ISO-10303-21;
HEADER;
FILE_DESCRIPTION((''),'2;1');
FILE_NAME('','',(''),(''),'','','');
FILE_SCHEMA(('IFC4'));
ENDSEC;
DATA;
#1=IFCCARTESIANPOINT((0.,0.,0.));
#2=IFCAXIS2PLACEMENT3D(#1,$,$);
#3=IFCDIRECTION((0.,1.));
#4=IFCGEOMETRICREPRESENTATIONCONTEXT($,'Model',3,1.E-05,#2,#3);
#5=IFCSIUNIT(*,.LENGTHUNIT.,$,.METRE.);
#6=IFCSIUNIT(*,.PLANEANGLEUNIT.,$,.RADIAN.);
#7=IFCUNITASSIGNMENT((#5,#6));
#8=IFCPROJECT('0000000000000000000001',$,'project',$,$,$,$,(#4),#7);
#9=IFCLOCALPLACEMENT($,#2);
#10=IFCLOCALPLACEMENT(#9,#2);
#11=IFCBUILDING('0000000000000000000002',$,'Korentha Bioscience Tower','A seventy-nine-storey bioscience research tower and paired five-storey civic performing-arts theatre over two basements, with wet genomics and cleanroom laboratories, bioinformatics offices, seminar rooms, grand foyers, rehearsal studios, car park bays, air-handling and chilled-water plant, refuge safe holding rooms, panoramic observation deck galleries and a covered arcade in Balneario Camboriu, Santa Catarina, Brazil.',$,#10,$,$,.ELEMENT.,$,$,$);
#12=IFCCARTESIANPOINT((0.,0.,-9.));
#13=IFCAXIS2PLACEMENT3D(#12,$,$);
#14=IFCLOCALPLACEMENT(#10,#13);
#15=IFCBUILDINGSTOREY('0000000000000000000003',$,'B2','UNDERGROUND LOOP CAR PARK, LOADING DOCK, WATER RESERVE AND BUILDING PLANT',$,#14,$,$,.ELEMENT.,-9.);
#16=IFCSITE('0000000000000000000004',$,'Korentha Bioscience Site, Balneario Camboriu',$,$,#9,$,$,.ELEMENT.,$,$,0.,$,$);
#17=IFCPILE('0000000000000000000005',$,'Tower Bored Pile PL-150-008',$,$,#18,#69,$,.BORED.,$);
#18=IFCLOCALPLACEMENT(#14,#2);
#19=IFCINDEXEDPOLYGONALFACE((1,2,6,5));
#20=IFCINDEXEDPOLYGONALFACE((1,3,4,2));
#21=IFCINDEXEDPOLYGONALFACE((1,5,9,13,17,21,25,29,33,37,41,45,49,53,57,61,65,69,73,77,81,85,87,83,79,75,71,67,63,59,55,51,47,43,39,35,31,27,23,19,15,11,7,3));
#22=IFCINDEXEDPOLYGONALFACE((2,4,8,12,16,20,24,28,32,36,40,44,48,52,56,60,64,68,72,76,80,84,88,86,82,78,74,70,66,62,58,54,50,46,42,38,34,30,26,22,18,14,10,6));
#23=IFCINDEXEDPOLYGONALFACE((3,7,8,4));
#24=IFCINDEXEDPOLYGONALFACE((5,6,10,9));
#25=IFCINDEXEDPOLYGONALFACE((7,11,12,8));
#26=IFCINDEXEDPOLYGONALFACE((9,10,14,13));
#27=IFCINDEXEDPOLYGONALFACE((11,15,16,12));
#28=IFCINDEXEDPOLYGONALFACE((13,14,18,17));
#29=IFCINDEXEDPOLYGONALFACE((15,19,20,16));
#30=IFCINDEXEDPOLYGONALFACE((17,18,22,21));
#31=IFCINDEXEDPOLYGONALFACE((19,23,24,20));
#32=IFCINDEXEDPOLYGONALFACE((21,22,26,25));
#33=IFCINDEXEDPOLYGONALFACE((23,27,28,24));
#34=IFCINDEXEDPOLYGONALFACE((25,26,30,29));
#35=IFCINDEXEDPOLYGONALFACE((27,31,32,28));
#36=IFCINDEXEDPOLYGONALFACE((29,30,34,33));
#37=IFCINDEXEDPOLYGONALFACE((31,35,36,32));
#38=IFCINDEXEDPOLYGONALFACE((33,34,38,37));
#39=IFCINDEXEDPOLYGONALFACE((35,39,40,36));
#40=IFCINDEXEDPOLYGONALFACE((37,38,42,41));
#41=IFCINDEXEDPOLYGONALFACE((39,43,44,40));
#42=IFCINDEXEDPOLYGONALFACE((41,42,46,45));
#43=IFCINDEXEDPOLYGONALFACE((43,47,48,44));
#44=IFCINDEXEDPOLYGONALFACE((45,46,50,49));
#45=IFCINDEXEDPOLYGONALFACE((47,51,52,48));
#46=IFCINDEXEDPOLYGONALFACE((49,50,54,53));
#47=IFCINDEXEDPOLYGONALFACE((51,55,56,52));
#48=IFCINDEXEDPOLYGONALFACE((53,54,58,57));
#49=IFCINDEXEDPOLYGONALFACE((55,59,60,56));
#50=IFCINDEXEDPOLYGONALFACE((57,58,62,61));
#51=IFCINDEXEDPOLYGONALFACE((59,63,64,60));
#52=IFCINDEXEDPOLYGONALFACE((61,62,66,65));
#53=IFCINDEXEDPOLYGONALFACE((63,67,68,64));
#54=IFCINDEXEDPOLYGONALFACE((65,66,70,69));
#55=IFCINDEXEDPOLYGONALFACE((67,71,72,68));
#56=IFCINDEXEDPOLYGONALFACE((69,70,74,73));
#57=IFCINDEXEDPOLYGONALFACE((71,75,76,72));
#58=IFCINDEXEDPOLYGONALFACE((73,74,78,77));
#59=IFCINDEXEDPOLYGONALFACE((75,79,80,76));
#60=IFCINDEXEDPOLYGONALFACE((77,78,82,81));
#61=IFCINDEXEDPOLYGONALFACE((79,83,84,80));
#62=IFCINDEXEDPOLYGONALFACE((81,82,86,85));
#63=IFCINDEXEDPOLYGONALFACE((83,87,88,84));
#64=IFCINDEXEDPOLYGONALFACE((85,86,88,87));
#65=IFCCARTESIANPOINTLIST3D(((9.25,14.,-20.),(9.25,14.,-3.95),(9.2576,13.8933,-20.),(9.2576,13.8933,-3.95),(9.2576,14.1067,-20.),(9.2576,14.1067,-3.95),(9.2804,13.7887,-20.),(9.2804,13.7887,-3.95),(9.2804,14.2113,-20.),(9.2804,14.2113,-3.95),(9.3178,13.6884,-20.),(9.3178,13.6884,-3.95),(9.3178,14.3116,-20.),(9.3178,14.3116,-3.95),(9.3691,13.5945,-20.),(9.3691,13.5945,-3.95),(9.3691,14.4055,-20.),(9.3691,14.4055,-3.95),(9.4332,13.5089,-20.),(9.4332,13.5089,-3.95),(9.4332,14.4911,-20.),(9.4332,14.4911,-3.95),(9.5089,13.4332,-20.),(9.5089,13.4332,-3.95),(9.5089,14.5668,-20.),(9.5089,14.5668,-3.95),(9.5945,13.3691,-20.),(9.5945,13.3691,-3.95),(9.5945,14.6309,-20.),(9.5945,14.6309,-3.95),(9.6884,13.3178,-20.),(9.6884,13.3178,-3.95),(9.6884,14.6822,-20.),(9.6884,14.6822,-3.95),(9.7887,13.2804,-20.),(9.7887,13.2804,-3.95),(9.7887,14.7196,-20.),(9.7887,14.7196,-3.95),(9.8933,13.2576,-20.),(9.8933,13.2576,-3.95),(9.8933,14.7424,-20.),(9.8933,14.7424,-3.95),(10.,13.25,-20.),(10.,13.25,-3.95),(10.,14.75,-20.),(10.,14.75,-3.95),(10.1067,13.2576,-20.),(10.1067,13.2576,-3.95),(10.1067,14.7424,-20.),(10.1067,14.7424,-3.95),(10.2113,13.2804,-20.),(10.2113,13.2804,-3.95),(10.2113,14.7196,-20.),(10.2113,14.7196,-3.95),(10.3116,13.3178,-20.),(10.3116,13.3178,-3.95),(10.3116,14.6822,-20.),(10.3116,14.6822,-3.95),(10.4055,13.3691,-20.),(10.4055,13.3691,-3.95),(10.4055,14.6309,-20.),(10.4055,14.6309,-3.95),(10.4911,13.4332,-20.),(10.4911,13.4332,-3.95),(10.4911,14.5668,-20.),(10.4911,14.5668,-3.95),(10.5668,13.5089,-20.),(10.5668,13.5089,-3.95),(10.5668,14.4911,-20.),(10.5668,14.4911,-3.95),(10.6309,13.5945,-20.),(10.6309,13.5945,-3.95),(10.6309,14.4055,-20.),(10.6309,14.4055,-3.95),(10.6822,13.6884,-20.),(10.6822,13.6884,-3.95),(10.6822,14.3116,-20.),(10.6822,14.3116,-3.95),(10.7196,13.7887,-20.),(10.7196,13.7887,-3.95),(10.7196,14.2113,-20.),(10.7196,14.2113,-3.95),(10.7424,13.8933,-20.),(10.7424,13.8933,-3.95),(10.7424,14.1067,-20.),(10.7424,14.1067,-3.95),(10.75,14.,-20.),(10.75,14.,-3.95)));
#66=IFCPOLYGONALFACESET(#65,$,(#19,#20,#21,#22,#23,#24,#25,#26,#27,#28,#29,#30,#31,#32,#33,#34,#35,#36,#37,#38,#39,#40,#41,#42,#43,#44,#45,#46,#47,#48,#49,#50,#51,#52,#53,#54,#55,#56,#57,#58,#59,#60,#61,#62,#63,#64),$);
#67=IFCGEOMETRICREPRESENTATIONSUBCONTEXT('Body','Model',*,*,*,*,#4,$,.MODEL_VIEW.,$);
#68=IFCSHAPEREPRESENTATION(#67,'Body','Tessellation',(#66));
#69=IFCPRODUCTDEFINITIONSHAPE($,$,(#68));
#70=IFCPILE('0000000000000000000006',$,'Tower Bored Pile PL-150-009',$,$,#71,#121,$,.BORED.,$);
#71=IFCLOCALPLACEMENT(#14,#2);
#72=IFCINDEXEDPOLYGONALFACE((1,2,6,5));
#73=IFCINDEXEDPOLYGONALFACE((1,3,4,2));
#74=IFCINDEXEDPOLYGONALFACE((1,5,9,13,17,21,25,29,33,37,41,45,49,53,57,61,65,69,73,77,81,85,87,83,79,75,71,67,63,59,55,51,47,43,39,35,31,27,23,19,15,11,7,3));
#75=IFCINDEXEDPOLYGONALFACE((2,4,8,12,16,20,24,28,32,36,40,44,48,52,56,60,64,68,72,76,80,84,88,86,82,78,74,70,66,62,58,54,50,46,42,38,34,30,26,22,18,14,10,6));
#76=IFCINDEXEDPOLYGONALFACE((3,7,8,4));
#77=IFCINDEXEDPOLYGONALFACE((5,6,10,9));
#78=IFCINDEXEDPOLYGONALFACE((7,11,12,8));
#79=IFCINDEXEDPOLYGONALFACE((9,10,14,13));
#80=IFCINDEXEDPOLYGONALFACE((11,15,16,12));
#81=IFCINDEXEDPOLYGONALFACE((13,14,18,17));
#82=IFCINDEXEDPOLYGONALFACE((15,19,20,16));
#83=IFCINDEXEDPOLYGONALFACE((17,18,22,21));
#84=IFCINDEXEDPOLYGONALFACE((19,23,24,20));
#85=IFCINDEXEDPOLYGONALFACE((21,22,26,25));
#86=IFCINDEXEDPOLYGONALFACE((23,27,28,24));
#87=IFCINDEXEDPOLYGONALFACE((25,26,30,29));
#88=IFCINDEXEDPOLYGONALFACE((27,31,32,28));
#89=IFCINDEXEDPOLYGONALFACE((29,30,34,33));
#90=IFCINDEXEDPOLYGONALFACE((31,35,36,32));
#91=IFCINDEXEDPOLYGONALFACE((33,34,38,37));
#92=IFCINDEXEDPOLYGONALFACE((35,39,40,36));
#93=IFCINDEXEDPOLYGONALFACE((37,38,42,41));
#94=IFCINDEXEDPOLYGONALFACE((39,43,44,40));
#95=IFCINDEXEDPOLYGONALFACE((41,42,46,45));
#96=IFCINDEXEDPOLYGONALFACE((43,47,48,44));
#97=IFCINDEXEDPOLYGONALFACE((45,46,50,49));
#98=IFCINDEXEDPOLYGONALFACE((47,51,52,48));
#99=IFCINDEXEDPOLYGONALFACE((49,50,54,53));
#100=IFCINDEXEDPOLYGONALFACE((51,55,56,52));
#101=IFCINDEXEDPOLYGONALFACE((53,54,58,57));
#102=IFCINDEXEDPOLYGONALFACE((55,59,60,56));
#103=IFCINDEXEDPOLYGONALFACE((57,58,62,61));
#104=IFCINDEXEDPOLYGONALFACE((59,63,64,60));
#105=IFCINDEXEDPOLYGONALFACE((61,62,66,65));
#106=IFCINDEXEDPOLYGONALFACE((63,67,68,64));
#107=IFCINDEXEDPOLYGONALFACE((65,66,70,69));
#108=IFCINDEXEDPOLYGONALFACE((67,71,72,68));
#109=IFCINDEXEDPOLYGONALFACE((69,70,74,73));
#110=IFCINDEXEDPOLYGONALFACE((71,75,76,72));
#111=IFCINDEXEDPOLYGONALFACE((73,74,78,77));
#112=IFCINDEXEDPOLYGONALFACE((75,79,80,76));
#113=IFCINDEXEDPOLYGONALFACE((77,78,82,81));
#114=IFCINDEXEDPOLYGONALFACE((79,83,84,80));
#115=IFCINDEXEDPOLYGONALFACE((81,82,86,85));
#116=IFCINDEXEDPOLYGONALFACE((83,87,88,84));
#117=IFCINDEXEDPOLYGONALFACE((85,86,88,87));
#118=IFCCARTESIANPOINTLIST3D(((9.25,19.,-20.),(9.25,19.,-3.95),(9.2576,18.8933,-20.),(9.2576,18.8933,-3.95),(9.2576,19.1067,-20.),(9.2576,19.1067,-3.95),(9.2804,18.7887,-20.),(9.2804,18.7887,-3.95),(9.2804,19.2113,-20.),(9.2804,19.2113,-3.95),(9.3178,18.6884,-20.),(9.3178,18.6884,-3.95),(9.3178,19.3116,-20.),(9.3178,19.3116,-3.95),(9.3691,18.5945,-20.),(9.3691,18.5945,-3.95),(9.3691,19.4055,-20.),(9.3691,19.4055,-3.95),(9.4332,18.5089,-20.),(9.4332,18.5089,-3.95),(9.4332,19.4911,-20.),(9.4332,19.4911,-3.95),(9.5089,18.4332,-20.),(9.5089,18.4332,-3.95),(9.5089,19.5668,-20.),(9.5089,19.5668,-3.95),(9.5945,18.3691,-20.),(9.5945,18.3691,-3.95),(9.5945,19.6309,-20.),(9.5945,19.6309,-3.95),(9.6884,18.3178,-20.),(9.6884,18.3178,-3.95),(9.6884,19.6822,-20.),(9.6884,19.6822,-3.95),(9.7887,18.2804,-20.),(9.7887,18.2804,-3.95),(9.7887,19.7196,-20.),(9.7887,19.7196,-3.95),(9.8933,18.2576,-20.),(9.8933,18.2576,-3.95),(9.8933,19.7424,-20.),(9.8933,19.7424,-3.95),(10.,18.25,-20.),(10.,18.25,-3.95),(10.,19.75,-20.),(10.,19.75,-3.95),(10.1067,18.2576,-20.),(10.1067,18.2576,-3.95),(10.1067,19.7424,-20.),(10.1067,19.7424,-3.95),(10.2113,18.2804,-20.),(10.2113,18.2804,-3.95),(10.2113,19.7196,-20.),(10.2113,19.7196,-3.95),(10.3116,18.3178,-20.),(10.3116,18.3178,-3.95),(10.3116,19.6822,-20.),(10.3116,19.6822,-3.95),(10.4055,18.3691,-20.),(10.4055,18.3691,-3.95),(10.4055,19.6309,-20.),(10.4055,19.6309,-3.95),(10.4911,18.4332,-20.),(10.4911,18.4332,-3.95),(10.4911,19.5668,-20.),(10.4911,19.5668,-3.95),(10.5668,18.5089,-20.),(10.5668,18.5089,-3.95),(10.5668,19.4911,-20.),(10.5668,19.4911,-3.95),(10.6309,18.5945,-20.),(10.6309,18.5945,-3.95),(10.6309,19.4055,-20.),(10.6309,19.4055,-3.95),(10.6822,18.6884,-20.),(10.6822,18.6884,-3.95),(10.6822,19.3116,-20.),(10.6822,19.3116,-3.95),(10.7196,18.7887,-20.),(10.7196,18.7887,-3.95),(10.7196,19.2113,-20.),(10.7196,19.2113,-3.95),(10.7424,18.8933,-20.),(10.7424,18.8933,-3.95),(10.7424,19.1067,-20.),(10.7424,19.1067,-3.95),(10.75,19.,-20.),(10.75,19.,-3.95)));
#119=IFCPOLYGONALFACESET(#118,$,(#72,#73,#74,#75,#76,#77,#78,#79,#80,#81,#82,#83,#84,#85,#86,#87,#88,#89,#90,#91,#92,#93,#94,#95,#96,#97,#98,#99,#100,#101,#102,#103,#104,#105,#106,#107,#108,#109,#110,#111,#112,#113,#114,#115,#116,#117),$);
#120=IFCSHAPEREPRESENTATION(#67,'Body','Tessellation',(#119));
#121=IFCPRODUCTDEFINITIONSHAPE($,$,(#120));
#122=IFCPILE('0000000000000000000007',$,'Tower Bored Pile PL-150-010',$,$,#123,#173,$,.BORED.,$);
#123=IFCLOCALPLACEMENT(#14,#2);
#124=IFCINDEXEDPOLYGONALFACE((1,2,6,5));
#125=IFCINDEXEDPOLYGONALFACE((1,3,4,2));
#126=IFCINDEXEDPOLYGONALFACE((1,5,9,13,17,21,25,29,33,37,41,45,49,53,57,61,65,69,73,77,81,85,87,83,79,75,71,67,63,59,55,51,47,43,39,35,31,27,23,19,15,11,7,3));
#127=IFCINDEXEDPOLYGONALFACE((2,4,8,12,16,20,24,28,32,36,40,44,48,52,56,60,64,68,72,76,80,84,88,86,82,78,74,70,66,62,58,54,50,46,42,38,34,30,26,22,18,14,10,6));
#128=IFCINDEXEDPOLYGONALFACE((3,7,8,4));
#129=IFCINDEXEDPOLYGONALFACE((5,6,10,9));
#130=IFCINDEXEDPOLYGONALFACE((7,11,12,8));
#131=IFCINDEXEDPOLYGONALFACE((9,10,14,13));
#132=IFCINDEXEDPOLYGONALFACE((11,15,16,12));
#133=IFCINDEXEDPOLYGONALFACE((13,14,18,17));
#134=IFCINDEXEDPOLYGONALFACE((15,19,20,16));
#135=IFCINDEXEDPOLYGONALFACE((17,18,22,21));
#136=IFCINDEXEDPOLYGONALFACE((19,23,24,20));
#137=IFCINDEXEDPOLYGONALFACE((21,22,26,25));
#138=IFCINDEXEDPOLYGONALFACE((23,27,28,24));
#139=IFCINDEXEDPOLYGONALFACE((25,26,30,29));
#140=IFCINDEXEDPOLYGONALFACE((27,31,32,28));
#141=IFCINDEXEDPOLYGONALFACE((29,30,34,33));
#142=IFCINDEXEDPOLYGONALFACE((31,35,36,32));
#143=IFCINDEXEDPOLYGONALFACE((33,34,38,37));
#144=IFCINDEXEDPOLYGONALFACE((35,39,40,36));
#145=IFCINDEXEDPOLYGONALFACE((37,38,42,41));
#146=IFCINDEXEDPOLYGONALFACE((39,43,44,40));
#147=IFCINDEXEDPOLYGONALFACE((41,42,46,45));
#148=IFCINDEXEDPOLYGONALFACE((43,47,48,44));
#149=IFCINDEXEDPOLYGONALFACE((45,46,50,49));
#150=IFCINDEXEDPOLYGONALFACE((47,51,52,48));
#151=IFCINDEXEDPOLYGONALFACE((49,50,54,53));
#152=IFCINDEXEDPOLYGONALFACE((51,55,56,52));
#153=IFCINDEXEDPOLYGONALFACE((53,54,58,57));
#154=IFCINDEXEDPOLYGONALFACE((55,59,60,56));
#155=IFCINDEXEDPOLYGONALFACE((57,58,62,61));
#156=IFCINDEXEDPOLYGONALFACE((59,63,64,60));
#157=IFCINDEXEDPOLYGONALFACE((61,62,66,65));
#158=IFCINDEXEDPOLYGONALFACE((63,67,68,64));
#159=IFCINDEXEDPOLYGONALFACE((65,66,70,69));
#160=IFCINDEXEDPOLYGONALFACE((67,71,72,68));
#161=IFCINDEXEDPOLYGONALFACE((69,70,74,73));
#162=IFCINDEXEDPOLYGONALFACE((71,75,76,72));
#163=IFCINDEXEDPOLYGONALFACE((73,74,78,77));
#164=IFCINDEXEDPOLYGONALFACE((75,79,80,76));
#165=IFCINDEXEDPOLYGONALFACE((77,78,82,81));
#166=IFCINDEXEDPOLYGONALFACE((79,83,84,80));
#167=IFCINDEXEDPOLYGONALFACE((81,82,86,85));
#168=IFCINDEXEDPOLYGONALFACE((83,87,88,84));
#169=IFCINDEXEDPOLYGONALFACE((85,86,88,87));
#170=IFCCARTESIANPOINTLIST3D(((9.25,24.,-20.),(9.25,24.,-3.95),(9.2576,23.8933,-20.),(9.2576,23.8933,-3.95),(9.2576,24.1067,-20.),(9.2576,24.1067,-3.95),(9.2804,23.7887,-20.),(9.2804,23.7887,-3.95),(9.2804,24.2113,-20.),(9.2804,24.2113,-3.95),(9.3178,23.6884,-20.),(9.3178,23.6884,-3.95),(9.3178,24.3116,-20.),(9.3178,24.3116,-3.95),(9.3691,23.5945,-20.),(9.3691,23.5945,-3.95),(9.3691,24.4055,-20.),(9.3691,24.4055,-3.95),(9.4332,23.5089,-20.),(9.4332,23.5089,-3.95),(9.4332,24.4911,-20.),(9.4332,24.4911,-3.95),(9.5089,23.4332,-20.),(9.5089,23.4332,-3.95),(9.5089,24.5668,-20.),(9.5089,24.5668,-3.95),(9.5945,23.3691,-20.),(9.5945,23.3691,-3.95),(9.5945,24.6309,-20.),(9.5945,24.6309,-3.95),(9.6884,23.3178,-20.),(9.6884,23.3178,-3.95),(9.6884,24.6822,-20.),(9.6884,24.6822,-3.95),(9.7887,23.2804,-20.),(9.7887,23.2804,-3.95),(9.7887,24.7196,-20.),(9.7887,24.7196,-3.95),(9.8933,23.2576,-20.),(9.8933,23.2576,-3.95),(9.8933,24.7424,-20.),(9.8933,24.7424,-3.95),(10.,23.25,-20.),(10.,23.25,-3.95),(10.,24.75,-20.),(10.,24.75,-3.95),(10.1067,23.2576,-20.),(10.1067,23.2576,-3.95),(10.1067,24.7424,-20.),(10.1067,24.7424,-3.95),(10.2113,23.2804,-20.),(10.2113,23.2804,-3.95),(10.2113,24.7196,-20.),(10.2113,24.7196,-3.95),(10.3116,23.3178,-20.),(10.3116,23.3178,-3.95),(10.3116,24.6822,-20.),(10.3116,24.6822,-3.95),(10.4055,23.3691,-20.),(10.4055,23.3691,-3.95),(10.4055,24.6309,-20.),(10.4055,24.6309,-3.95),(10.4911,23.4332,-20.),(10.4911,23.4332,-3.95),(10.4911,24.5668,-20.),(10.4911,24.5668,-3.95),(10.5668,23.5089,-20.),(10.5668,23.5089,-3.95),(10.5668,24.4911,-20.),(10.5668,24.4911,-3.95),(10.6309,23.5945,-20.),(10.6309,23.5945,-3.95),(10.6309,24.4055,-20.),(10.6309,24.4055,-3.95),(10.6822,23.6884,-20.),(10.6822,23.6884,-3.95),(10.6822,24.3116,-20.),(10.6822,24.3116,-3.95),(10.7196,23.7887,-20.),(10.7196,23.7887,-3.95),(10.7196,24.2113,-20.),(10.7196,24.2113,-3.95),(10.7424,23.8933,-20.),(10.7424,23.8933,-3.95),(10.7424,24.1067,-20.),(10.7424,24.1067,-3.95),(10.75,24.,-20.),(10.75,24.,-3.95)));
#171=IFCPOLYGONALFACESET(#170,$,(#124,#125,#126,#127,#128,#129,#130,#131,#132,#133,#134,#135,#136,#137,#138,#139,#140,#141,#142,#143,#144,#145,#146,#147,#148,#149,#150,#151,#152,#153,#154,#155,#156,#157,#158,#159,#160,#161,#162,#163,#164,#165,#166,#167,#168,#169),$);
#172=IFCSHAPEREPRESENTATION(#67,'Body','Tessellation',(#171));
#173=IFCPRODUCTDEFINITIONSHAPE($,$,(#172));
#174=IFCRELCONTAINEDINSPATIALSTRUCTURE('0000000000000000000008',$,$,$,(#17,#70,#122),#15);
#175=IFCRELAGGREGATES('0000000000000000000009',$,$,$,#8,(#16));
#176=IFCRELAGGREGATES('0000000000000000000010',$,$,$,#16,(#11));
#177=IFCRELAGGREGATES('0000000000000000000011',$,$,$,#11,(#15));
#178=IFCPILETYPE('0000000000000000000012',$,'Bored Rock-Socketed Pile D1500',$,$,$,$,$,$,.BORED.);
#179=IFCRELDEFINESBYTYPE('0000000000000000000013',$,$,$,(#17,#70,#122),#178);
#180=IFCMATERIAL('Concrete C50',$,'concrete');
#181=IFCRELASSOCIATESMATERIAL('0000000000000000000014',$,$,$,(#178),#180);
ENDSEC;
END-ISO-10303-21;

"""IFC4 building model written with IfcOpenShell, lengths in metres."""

from ifc_helpers import new_model, si_unit, direction, frame, origin, origin_2d, place, context, subcontext, project, spatial, circle, extrude, material, material_profile, profile_set, type_object, element, save


model = new_model("IFC4")

# Units and contexts
model_context = context("Model", 3, precision=1e-05, world=origin(), true_north=direction((0.0, 1.0)))
body_context = subcontext(model_context, "Body", "Model", "MODEL_VIEW")
ifc_project = project(units=[si_unit("LENGTHUNIT", "METRE"), si_unit("PLANEANGLEUNIT", "RADIAN")], contexts=[model_context])

# Site, building, storey
site_placement = place(None, origin())
site = spatial("IfcSite", under=ifc_project, at=site_placement, Name="Korentha Bioscience Site, Balneario Camboriu", CompositionType="ELEMENT", RefElevation=0.0)
building_placement = place(site_placement, origin())
building = spatial("IfcBuilding", under=site, at=building_placement, Name="Korentha Bioscience Tower", Description="A seventy-nine-storey bioscience research tower and paired five-storey civic performing-arts theatre over two basements, with wet genomics and cleanroom laboratories, bioinformatics offices, seminar rooms, grand foyers, rehearsal studios, car park bays, air-handling and chilled-water plant, refuge safe holding rooms, panoramic observation deck galleries and a covered arcade in Balneario Camboriu, Santa Catarina, Brazil.", CompositionType="ELEMENT")
storey_placement = place(building_placement, frame((0.0, 0.0, -9.0)))
storey = spatial("IfcBuildingStorey", under=building, at=storey_placement, Name="B2", Description="UNDERGROUND LOOP CAR PARK, LOADING DOCK, WATER RESERVE AND BUILDING PLANT", CompositionType="ELEMENT", Elevation=-9.0)

# Piles
ifc_material_1 = material(Name="Concrete C50", Category="concrete")
ifc_material_profile_1 = material_profile(ifc_material_1, circle(Radius=0.75, at=origin_2d()), Name="Concrete C50")
ifc_profile_set_1 = profile_set([ifc_material_profile_1], Name="Concrete C50 (PL-150)")
pile_type = type_object("IfcPileType", Name="Bored Rock-Socketed Pile D1500", PredefinedType="BORED", material=ifc_profile_set_1)
for number, where, z_axis, x_axis, name in (
    (1, (10.0, 14.0, -3.95), (0.0, 0.0, -1.0), (1.0, 0.0, 0.0), "Tower Bored Pile PL-150-008"),
    (2, (10.0, 19.0, -3.95), (0.0, 0.0, -1.0), (1.0, 0.0, 0.0), "Tower Bored Pile PL-150-009"),
    (3, (10.0, 24.0, -3.95), (0.0, 0.0, -1.0), (1.0, 0.0, 0.0), "Tower Bored Pile PL-150-010"),
):
    element("IfcPile", number, at=place(storey_placement, frame(where, z_axis=z_axis, x_axis=x_axis)), inside=storey, type_object=pile_type, Name=name, PredefinedType="BORED", context=body_context, shape_type="SweptSolid", body=[
        extrude(circle(Radius=0.75, at=origin_2d()), origin(), (0.0, 0.0, 1.0), 16.05),
    ])

save(model, "model.ifc")
